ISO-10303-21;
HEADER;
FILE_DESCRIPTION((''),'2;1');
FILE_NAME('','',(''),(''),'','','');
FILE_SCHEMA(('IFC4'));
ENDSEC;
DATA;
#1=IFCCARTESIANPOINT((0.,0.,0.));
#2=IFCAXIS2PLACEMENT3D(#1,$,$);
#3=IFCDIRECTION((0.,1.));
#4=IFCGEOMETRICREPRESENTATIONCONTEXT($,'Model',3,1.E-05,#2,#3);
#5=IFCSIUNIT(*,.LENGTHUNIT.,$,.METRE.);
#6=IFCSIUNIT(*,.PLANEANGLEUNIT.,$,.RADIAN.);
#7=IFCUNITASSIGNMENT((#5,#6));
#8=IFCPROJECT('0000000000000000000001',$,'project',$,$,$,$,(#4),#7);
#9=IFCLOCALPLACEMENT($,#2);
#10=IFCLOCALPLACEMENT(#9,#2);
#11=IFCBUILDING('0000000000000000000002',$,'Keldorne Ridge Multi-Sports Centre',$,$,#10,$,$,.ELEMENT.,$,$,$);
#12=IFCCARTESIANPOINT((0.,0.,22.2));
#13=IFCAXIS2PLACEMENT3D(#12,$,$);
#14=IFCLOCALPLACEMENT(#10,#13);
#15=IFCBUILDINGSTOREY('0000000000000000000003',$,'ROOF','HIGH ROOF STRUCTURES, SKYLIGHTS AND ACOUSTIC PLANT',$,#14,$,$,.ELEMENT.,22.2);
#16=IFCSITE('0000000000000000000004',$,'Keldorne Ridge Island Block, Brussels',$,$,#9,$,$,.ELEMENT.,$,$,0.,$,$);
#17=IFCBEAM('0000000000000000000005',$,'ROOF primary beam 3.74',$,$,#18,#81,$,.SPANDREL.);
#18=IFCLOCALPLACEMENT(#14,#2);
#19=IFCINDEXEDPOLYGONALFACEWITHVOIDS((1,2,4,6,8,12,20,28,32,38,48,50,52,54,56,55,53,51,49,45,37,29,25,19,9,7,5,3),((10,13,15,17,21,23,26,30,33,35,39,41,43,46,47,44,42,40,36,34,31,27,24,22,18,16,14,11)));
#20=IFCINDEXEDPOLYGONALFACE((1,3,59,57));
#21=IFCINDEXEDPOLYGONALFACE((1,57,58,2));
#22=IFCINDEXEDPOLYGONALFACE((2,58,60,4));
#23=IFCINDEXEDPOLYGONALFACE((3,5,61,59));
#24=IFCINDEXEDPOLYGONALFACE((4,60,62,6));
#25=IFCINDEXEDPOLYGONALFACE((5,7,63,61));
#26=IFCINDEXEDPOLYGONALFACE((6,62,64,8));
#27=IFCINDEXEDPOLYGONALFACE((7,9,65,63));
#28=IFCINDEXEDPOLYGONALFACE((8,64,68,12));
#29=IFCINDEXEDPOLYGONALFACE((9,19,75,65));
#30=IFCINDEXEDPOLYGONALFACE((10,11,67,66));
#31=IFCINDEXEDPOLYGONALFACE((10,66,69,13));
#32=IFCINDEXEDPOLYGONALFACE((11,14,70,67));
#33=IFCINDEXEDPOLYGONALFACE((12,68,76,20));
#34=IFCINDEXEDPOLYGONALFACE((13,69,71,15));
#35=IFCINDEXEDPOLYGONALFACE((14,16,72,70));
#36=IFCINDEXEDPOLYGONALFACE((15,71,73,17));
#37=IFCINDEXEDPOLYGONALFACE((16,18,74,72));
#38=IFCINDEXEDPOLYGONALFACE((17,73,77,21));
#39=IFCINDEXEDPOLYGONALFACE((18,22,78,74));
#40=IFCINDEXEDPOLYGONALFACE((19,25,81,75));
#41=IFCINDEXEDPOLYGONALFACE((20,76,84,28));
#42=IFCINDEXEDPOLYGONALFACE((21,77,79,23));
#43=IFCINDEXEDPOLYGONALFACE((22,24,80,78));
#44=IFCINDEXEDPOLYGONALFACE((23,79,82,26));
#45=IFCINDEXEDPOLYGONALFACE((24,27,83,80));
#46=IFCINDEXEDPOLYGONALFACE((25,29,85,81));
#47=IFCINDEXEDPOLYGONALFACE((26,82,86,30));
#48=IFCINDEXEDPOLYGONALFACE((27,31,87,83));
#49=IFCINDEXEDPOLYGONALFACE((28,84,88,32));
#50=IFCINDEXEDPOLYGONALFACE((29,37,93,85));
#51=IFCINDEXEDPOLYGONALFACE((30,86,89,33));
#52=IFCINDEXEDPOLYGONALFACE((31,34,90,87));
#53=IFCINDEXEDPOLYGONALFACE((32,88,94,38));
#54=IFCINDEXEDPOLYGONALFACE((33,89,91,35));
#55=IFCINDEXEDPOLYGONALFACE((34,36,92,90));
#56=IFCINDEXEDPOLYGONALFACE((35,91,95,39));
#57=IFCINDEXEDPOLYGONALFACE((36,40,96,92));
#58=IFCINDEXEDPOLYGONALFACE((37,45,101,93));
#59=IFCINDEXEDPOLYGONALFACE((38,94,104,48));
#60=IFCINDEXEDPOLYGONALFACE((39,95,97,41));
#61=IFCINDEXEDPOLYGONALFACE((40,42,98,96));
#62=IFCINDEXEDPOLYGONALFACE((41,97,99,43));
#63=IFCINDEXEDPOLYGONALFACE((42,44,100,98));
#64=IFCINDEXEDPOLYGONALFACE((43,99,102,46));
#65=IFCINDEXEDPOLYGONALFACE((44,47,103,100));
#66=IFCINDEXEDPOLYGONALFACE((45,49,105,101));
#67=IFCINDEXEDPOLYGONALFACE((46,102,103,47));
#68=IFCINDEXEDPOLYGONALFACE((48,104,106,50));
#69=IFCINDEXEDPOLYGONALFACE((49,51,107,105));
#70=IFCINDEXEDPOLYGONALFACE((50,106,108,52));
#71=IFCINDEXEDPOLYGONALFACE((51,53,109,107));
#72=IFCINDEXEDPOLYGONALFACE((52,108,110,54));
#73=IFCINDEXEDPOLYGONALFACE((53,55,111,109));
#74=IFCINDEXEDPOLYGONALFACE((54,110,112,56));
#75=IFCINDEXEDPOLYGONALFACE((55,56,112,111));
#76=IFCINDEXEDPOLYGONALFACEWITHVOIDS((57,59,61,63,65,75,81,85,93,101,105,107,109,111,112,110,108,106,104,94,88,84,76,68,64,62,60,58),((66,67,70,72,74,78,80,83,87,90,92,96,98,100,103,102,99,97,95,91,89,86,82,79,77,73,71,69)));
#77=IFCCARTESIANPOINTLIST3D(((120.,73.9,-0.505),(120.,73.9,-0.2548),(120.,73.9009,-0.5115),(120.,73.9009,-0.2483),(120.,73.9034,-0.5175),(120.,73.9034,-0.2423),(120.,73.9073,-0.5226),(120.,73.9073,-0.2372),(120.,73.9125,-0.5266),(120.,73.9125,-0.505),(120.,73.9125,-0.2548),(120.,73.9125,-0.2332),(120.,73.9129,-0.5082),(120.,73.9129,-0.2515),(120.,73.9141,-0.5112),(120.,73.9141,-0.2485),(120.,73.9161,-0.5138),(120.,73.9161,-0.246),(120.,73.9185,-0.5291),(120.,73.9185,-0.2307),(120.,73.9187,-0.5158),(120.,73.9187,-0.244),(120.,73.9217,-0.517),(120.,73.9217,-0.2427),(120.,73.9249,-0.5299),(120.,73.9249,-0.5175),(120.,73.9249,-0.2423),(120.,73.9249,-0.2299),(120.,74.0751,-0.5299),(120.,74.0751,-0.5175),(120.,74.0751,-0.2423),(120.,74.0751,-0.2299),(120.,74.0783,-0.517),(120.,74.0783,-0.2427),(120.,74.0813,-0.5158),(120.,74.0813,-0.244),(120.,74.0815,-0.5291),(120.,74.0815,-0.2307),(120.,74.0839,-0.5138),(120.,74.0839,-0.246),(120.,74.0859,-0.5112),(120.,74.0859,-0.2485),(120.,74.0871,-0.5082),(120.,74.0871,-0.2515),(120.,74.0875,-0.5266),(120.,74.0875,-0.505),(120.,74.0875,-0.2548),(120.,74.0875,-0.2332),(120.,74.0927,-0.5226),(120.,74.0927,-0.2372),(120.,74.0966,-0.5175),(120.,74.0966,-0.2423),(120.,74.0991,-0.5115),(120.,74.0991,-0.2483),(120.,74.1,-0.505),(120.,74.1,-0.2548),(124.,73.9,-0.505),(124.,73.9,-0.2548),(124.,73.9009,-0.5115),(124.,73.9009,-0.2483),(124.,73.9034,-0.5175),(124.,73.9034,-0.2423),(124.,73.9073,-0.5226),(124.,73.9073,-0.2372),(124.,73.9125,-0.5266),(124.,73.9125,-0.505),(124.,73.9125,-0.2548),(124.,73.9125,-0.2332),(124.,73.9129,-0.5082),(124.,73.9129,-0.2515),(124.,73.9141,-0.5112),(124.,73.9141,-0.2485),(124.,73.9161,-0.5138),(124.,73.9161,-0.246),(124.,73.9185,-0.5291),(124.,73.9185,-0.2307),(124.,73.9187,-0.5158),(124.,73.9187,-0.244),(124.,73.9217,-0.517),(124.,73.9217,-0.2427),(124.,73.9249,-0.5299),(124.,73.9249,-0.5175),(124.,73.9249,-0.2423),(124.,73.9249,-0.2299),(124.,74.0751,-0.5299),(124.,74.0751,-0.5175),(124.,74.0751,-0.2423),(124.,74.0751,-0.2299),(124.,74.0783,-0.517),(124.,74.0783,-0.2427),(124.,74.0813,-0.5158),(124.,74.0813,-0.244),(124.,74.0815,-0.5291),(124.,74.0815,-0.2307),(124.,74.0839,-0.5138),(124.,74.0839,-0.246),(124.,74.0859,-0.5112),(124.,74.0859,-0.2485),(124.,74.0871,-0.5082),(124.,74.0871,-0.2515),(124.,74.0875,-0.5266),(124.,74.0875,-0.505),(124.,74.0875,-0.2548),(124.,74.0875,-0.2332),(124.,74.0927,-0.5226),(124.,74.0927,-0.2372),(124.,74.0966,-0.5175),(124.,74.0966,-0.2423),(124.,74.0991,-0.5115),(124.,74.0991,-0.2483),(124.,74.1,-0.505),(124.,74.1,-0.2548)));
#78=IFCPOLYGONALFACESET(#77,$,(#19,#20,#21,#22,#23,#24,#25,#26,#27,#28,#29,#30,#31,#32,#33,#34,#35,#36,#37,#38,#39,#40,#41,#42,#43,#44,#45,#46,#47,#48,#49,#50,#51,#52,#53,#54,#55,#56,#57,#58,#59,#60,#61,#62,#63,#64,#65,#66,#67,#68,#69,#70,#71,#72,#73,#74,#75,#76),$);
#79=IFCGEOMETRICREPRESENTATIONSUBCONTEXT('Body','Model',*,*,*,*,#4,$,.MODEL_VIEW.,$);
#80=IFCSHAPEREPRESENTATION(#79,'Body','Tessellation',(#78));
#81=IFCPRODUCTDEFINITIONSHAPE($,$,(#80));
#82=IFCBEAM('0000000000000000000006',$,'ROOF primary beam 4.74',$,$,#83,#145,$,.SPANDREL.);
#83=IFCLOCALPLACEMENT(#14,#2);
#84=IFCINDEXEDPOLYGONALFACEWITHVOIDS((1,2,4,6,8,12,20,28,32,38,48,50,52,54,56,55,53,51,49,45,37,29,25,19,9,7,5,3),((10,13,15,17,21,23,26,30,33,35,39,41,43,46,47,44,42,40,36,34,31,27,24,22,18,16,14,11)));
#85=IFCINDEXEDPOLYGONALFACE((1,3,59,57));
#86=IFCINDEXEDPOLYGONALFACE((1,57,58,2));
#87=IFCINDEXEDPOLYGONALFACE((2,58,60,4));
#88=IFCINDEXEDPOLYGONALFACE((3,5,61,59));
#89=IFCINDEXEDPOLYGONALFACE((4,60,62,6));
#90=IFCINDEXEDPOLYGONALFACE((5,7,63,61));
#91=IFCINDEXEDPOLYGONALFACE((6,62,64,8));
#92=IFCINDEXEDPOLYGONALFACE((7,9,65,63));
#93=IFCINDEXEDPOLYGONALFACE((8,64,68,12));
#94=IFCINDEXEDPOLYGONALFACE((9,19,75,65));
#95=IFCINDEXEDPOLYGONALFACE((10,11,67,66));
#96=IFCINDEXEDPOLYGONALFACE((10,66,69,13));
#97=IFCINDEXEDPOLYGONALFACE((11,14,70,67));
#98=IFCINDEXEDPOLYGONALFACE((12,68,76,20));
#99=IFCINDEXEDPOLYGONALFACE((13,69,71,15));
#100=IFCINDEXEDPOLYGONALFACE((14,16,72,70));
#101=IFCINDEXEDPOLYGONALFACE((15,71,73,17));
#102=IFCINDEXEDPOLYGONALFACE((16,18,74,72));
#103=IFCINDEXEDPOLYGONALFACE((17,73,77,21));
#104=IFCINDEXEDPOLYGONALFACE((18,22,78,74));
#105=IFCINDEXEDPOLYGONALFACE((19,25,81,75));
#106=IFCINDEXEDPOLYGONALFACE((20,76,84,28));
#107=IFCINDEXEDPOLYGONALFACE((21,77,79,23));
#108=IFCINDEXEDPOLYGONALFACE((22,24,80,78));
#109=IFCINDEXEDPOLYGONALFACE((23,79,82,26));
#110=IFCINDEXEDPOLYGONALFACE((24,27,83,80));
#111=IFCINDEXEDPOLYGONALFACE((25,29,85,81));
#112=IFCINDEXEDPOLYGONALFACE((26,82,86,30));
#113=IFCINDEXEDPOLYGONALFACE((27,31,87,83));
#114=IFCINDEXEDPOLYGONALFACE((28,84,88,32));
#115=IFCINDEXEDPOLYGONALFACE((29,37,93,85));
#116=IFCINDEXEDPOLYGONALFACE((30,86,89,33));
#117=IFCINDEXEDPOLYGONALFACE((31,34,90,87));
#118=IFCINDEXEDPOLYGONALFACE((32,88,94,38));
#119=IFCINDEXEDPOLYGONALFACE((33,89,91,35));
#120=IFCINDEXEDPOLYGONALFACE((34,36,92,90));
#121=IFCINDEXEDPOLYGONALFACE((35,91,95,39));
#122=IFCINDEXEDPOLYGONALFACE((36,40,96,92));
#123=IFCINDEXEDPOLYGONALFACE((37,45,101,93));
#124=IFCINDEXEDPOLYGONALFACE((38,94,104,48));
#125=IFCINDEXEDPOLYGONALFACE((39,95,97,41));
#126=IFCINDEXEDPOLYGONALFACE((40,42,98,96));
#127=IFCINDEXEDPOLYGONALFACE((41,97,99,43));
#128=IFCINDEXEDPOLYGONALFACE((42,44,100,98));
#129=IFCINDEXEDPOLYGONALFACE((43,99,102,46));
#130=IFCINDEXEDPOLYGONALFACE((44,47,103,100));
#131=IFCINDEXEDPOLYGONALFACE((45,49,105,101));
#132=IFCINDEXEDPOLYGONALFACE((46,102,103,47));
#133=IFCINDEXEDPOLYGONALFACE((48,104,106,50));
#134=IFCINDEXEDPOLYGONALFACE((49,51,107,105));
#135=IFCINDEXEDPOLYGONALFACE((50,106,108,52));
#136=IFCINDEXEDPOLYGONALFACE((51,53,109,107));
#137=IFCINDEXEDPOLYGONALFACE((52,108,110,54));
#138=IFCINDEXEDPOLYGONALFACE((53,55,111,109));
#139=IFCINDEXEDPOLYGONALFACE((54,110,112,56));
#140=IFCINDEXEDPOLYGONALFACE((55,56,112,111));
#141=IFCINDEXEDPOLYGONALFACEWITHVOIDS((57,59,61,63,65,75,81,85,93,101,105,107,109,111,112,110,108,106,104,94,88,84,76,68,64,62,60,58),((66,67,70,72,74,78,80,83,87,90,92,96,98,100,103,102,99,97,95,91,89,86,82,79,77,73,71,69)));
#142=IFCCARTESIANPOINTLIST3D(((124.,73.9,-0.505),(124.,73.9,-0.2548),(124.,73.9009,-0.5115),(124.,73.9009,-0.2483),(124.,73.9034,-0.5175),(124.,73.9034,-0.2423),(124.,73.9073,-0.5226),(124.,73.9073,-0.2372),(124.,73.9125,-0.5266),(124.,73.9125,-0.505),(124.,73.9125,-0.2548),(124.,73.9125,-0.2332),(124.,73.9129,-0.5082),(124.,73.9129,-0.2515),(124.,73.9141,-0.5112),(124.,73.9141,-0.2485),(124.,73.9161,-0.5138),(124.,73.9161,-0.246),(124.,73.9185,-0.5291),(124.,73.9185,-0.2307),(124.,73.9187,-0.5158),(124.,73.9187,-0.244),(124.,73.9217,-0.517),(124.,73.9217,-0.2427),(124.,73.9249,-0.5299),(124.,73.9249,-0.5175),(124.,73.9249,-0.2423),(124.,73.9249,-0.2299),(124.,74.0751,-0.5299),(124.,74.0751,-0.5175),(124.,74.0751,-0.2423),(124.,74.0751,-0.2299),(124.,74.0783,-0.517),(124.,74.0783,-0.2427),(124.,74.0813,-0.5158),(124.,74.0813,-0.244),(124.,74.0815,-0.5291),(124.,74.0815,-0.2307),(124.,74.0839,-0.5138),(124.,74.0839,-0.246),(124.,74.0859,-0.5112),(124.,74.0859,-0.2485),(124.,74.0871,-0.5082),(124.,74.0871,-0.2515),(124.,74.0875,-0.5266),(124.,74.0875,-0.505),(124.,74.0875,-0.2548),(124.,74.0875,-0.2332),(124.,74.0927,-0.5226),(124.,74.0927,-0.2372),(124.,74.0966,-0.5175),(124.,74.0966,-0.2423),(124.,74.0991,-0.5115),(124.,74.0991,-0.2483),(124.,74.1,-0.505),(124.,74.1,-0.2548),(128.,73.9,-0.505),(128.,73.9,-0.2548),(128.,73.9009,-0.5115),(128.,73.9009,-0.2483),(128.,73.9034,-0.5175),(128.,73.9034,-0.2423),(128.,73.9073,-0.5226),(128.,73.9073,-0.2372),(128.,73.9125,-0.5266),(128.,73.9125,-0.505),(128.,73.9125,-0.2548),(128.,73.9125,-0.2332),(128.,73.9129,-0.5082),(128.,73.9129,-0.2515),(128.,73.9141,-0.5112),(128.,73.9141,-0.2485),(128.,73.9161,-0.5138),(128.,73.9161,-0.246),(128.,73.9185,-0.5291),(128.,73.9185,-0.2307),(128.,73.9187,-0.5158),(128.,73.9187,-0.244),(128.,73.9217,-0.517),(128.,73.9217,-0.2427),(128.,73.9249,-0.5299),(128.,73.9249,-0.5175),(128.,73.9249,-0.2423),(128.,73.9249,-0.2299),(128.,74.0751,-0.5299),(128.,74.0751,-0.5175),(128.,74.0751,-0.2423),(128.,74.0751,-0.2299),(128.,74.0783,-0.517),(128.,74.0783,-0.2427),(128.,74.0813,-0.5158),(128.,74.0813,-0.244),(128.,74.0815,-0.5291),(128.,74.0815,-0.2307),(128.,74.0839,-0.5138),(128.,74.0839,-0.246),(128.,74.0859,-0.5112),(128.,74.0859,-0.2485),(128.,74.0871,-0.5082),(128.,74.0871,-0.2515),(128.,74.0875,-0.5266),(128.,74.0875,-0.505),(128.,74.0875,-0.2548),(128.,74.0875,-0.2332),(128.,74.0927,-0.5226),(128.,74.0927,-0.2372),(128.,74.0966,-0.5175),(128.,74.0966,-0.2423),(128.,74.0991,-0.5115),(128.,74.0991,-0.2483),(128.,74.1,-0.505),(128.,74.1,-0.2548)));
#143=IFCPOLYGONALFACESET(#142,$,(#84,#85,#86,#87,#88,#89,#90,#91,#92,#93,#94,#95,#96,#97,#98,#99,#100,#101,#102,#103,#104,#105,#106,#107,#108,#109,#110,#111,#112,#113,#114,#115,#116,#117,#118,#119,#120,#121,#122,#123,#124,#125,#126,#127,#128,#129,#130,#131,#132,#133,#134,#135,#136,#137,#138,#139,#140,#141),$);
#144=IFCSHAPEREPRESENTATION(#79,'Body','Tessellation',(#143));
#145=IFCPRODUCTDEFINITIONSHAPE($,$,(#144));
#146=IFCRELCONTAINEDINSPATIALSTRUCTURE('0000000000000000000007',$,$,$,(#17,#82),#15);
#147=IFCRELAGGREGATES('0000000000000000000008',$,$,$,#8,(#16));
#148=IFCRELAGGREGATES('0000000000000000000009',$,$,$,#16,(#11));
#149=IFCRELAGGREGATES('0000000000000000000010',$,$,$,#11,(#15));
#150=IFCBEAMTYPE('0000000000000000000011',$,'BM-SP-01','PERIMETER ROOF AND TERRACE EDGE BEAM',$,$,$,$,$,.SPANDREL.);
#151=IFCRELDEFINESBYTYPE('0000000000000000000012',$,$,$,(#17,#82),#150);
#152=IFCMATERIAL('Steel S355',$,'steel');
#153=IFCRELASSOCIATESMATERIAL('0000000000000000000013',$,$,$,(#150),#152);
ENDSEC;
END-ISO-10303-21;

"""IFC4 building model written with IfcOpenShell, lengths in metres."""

from ifc_helpers import new_model, si_unit, direction, frame, origin, origin_2d, place, context, subcontext, project, spatial, hollow_rectangle, extrude, material, material_profile, profile_set, type_object, element, save


model = new_model("IFC4")

# Units and contexts
model_context = context("Model", 3, precision=1e-05, world=origin(), true_north=direction((0.0, 1.0)))
body_context = subcontext(model_context, "Body", "Model", "MODEL_VIEW")
ifc_project = project(units=[si_unit("LENGTHUNIT", "METRE"), si_unit("PLANEANGLEUNIT", "RADIAN")], contexts=[model_context])

# Site, building, storey
site_placement = place(None, origin())
site = spatial("IfcSite", under=ifc_project, at=site_placement, Name="Keldorne Ridge Island Block, Brussels", CompositionType="ELEMENT", RefElevation=0.0)
building_placement = place(site_placement, origin())
building = spatial("IfcBuilding", under=site, at=building_placement, Name="Keldorne Ridge Multi-Sports Centre", CompositionType="ELEMENT")
storey_placement = place(building_placement, frame((0.0, 0.0, 22.2)))
storey = spatial("IfcBuildingStorey", under=building, at=storey_placement, Name="ROOF", Description="HIGH ROOF STRUCTURES, SKYLIGHTS AND ACOUSTIC PLANT", CompositionType="ELEMENT", Elevation=22.2)

# Beams
ifc_material_1 = material(Name="Steel S355", Category="steel")
ifc_material_profile_1 = material_profile(ifc_material_1, hollow_rectangle(XDim=0.2, YDim=0.3, WallThickness=0.0125, InnerFilletRadius=0.0125, OuterFilletRadius=0.0249, at=origin_2d()), Name="RHS 300x200x12.5")
ifc_profile_set_1 = profile_set([ifc_material_profile_1], Name="Steel S355")
beam_type_1 = type_object("IfcBeamType", Name="BM-SP-01", Description="PERIMETER ROOF AND TERRACE EDGE BEAM", PredefinedType="SPANDREL", material=ifc_profile_set_1)
for number, where, z_axis, x_axis, name in (
    (1, (120.0, 74.0, -0.3799), (1.0, 0.0, 0.0), (0.0, 1.0, 0.0), "ROOF primary beam 3.74"),
    (2, (124.0, 74.0, -0.3799), (1.0, 0.0, 0.0), (0.0, 1.0, 0.0), "ROOF primary beam 4.74"),
):
    element("IfcBeam", number, at=place(storey_placement, frame(where, z_axis=z_axis, x_axis=x_axis)), inside=storey, type_object=beam_type_1, Name=name, PredefinedType="SPANDREL", context=body_context, shape_type="SweptSolid", body=[
        extrude(hollow_rectangle(XDim=0.2, YDim=0.3, WallThickness=0.0125, InnerFilletRadius=0.0125, OuterFilletRadius=0.0249, at=origin_2d()), origin(), (0.0, 0.0, 1.0), 4.0),
    ])

save(model, "model.ifc")
